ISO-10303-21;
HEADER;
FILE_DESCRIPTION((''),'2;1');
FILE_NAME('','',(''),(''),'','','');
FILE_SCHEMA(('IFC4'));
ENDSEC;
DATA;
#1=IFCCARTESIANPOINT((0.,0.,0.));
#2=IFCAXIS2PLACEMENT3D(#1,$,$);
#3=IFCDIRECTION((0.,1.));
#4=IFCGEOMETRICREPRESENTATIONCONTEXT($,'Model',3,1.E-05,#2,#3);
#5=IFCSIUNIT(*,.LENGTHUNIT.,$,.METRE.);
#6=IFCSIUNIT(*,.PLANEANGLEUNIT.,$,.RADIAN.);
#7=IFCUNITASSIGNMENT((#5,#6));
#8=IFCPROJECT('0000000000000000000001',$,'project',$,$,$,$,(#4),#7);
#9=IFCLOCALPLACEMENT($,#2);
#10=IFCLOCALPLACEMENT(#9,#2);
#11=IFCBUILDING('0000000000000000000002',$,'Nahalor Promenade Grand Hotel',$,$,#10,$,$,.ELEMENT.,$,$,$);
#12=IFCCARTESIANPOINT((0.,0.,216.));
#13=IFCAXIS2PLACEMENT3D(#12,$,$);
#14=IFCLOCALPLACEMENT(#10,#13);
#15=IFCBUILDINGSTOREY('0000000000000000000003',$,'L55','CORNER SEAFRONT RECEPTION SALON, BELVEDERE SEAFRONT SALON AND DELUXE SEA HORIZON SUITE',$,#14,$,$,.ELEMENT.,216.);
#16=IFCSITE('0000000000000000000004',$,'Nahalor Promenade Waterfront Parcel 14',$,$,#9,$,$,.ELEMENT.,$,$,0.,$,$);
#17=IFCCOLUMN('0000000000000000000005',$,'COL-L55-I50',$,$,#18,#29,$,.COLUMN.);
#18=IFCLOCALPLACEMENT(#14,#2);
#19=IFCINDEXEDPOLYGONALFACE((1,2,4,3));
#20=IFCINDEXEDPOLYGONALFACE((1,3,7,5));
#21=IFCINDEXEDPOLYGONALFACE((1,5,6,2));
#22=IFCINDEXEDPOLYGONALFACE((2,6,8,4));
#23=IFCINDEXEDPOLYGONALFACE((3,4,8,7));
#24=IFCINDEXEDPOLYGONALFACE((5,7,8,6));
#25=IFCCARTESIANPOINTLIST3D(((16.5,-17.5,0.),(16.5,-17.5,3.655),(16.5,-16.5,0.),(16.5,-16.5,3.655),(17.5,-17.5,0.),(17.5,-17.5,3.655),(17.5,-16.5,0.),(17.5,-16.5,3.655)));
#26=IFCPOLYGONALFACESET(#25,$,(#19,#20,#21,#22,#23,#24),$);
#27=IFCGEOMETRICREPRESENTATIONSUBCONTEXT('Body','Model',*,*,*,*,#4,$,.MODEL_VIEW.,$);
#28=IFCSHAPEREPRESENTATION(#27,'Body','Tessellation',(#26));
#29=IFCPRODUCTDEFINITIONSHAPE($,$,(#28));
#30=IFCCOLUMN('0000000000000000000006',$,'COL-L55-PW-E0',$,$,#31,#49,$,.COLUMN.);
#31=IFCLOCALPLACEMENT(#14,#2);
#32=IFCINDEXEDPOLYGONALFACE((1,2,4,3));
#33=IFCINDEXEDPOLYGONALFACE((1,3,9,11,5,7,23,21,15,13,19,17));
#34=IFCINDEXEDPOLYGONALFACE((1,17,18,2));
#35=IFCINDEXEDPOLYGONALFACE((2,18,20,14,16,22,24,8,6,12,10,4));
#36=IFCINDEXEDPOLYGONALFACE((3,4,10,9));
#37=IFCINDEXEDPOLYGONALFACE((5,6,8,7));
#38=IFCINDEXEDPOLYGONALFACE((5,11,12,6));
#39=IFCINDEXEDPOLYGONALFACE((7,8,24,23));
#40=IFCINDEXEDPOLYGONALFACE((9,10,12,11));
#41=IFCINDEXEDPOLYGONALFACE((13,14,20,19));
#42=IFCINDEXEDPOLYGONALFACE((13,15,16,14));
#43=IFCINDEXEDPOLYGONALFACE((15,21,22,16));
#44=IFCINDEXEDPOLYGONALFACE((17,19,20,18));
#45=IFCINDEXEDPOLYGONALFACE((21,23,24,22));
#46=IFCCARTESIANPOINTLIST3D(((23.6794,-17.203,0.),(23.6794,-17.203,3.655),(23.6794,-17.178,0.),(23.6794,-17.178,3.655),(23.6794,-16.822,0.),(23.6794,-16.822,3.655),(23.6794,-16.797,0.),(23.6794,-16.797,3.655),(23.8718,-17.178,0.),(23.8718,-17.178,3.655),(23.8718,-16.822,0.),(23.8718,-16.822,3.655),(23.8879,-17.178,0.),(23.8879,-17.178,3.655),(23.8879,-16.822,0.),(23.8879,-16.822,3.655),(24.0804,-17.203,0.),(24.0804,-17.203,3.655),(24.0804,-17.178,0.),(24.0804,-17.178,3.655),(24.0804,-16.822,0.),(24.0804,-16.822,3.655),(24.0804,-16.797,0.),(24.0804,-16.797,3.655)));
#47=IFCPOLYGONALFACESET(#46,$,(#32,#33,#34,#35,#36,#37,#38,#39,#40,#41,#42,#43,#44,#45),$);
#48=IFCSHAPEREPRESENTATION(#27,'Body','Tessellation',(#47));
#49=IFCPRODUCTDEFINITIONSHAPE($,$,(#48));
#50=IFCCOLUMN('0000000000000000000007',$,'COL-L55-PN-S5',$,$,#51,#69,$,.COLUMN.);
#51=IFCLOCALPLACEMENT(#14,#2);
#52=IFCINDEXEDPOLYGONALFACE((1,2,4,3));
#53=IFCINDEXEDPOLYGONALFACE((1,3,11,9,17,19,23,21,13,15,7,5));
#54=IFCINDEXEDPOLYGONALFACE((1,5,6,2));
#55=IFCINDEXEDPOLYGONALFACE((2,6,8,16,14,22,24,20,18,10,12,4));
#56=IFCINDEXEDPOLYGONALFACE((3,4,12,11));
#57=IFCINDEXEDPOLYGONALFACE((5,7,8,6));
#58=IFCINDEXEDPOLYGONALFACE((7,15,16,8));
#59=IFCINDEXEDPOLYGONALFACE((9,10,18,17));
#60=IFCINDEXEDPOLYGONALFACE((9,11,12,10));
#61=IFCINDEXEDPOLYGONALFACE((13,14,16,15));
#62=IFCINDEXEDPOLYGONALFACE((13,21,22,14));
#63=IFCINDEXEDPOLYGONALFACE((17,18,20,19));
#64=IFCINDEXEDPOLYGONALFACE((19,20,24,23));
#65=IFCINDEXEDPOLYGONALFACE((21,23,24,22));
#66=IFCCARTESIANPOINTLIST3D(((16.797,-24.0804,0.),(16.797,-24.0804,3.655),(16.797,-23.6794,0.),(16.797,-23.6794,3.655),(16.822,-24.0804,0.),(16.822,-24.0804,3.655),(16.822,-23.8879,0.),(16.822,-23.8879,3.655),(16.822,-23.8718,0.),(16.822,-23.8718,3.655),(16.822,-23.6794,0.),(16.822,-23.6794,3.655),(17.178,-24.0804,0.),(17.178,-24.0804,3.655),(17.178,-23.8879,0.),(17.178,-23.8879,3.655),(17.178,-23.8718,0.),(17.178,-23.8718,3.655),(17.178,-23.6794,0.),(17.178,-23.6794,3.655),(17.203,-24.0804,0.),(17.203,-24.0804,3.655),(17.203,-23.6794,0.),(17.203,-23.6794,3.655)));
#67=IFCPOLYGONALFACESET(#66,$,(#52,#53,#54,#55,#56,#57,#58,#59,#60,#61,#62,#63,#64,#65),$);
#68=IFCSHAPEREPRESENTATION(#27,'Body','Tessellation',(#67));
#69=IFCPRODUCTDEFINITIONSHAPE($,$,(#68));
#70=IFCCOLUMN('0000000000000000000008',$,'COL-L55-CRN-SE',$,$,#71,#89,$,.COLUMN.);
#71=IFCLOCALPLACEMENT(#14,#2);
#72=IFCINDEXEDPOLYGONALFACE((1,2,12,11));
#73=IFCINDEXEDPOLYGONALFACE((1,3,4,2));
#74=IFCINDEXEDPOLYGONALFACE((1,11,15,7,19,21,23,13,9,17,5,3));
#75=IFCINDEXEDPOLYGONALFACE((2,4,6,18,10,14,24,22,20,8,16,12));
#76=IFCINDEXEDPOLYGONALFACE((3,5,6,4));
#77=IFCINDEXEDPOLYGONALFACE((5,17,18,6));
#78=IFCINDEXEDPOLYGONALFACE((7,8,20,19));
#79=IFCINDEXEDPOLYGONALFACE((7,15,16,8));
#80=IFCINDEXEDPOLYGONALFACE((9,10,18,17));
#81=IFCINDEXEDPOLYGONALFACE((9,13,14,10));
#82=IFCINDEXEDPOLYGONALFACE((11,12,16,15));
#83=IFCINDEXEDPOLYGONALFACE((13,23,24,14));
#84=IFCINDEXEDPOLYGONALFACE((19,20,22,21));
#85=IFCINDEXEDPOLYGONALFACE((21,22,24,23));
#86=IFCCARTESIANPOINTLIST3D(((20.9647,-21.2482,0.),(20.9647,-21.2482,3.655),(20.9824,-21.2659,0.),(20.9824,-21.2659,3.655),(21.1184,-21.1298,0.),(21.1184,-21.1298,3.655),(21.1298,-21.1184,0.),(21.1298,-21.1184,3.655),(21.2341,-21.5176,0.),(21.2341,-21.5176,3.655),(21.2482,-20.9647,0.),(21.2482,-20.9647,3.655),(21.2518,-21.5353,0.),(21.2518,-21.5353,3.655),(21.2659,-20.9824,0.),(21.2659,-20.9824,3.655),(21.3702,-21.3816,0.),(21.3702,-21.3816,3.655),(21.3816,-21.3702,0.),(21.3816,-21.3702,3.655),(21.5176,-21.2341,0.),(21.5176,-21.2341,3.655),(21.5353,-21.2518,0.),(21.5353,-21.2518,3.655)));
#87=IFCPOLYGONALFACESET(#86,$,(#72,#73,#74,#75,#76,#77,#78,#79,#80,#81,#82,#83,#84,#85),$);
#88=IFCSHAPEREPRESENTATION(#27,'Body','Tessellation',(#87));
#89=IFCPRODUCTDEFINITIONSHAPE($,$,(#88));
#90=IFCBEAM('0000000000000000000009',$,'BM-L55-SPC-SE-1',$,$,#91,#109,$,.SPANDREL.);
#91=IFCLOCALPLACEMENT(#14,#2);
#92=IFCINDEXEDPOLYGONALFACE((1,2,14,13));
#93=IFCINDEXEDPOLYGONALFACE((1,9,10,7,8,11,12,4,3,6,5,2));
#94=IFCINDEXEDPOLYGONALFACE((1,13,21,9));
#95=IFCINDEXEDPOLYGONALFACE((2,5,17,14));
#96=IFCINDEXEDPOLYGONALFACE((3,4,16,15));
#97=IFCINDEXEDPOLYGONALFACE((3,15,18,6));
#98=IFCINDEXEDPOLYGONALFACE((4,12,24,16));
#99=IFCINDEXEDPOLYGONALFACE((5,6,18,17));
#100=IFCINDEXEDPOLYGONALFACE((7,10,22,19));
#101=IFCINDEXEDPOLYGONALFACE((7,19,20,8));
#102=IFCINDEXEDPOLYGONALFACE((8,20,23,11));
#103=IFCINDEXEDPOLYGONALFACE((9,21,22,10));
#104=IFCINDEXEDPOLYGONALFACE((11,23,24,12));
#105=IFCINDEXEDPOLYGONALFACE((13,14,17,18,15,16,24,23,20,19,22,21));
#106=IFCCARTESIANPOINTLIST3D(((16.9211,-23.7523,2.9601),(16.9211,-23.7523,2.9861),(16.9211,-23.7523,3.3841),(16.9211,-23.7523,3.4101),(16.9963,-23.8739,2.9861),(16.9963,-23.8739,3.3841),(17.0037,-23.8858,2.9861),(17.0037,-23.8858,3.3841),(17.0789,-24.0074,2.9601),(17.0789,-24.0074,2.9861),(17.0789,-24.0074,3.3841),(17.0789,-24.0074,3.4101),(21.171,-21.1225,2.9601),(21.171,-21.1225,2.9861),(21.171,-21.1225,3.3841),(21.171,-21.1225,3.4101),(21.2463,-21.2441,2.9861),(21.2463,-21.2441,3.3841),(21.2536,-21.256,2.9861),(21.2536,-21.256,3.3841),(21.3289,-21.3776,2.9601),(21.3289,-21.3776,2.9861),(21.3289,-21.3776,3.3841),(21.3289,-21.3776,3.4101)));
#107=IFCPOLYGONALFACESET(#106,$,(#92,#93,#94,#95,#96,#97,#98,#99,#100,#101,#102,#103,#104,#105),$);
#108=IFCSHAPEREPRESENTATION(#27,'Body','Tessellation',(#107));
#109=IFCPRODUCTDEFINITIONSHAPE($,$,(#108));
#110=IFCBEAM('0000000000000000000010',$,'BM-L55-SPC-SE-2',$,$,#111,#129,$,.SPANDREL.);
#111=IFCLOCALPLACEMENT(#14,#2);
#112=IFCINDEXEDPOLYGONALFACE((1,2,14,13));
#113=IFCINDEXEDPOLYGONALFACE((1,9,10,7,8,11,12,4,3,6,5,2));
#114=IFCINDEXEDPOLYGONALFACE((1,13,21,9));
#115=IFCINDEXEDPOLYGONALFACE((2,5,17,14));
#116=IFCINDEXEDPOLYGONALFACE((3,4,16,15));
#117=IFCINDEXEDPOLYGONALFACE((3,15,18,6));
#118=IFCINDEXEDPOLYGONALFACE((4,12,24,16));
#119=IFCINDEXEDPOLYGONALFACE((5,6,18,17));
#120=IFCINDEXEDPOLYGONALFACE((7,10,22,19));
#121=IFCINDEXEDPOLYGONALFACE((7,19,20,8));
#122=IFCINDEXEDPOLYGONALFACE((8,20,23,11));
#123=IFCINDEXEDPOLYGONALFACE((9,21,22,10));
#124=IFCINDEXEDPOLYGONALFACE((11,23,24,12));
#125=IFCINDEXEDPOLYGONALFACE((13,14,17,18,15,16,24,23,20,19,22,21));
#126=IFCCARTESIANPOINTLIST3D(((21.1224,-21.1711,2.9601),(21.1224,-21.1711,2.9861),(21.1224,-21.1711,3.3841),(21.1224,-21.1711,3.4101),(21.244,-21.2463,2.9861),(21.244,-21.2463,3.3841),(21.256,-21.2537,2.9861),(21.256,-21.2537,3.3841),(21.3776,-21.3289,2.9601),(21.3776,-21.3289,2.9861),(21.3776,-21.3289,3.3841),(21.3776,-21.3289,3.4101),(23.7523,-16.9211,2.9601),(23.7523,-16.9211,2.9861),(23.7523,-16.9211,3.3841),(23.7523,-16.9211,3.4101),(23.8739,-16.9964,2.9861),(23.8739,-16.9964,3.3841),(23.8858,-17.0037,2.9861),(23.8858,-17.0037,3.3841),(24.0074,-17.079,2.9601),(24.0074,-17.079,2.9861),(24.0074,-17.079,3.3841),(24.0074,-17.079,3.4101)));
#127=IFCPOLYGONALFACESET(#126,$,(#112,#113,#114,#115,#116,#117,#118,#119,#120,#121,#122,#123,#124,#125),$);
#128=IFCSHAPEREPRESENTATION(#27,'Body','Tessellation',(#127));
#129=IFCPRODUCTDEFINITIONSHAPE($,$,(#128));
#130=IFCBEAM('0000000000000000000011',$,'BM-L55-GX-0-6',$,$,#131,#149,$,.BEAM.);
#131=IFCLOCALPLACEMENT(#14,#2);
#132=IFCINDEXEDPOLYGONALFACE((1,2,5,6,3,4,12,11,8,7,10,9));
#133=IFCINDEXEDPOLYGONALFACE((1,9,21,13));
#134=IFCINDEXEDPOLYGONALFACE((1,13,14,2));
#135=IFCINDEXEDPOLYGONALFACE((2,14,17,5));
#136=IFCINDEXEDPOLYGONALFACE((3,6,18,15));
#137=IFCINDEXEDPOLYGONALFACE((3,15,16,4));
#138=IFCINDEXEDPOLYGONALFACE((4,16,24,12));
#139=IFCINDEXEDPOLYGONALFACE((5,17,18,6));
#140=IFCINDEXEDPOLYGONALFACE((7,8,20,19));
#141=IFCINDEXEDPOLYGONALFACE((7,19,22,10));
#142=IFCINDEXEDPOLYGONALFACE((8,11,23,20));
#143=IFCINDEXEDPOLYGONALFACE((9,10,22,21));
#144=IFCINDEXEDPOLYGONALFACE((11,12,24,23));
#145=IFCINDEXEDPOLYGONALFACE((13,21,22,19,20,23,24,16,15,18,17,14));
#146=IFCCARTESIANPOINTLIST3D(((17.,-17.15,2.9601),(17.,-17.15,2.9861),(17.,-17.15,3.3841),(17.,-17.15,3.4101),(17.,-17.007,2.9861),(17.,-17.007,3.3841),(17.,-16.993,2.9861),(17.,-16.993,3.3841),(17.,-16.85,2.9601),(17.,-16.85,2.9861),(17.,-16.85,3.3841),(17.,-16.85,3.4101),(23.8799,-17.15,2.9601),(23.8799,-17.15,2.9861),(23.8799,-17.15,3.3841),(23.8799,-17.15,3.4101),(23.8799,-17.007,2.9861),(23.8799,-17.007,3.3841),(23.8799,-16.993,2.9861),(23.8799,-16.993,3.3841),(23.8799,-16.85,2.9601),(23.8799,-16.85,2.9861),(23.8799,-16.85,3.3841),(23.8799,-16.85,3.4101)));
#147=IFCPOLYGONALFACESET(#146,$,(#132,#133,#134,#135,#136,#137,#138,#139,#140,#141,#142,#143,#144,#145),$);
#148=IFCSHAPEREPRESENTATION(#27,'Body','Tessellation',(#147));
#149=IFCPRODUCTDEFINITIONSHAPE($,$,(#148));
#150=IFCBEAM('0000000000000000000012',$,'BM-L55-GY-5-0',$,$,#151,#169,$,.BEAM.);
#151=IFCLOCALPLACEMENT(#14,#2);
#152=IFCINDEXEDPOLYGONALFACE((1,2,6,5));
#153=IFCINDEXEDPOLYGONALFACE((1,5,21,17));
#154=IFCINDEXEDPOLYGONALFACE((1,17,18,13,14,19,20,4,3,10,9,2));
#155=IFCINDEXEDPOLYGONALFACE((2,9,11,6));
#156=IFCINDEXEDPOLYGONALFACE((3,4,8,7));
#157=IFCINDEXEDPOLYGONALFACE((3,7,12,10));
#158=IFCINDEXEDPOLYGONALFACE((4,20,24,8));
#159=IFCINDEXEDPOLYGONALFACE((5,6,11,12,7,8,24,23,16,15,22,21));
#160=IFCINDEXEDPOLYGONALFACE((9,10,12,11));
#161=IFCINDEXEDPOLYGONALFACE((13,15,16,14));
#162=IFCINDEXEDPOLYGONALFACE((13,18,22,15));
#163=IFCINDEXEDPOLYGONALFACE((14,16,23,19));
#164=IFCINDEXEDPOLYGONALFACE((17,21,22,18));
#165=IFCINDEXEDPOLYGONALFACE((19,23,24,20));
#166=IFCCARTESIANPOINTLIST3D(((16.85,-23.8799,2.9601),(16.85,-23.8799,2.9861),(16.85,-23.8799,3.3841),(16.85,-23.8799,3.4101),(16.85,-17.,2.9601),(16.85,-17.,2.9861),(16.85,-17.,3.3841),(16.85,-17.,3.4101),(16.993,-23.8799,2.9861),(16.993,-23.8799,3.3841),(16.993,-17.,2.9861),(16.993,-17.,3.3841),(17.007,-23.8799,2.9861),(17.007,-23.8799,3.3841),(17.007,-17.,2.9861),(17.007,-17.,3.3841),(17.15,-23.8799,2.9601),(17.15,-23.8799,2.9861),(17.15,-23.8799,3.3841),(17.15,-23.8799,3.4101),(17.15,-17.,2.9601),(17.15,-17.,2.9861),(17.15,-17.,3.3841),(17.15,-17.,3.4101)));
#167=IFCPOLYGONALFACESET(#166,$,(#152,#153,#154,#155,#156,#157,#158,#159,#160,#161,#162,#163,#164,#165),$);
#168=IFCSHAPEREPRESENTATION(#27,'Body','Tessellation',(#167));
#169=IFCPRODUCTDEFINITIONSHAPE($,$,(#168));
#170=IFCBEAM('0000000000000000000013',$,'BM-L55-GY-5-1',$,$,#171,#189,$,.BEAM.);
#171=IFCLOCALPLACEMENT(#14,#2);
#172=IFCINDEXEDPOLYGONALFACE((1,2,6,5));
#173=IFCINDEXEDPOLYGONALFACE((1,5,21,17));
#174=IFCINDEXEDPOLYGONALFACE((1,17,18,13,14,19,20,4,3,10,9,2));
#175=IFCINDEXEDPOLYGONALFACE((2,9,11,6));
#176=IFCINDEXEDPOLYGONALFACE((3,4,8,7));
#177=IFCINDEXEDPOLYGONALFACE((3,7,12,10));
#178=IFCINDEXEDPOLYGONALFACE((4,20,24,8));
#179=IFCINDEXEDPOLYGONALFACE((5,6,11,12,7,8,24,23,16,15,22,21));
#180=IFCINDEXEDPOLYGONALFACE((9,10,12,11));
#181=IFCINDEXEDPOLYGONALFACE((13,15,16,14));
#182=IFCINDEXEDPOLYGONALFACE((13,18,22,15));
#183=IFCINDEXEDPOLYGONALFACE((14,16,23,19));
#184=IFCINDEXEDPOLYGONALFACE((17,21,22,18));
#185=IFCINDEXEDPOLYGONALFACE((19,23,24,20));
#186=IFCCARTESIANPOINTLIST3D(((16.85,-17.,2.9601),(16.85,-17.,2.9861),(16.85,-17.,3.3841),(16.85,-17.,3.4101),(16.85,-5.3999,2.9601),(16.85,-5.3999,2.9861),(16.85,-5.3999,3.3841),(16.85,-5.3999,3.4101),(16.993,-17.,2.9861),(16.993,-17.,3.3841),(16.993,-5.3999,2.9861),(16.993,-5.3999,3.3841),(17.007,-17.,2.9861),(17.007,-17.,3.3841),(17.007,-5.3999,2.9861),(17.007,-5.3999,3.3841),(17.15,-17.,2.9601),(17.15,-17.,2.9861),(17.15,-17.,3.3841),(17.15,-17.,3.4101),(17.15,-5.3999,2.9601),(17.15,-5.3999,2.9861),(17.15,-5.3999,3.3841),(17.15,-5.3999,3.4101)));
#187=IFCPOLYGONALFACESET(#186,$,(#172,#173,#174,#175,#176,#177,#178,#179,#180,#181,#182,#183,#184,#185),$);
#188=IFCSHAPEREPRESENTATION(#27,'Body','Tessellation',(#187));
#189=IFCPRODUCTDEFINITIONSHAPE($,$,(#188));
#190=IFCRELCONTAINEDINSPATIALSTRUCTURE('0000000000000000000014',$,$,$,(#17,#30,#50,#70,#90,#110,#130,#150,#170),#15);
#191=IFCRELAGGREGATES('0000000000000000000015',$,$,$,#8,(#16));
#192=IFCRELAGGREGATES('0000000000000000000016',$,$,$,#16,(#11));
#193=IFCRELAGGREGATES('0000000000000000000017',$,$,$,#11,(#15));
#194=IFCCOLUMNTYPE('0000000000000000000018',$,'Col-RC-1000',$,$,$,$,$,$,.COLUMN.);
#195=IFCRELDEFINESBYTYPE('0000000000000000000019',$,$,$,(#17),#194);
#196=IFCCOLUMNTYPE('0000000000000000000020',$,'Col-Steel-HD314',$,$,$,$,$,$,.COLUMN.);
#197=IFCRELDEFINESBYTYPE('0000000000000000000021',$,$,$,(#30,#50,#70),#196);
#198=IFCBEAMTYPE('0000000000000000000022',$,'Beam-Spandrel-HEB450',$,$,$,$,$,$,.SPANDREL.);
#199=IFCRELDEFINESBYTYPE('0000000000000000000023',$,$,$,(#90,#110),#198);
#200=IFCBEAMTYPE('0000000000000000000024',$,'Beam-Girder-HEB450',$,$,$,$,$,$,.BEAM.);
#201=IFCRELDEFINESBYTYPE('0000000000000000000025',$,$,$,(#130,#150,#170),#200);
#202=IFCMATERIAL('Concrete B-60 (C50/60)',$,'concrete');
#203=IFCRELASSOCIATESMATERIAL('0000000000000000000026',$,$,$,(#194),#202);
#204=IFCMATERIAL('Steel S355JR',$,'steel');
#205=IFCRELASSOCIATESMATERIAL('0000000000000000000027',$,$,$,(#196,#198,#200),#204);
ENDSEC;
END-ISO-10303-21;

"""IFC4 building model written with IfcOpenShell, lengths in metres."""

from ifc_helpers import new_model, si_unit, direction, frame, origin, origin_2d, place, context, subcontext, project, spatial, rectangle, i_section, extrude, source, transform, mapped, material, material_profile, profile_set, type_object, element, save


model = new_model("IFC4")

# Units and contexts
model_context = context("Model", 3, precision=1e-05, world=origin(), true_north=direction((0.0, 1.0)))
body_context = subcontext(model_context, "Body", "Model", "MODEL_VIEW")
ifc_project = project(units=[si_unit("LENGTHUNIT", "METRE"), si_unit("PLANEANGLEUNIT", "RADIAN")], contexts=[model_context])

# Site, building, storey
site_placement = place(None, origin())
site = spatial("IfcSite", under=ifc_project, at=site_placement, Name="Nahalor Promenade Waterfront Parcel 14", CompositionType="ELEMENT", RefElevation=0.0)
building_placement = place(site_placement, origin())
building = spatial("IfcBuilding", under=site, at=building_placement, Name="Nahalor Promenade Grand Hotel", CompositionType="ELEMENT")
storey_placement = place(building_placement, frame((0.0, 0.0, 216.0)))
storey = spatial("IfcBuildingStorey", under=building, at=storey_placement, Name="L55", Description="CORNER SEAFRONT RECEPTION SALON, BELVEDERE SEAFRONT SALON AND DELUXE SEA HORIZON SUITE", CompositionType="ELEMENT", Elevation=216.0)

# Columns
ifc_material_1 = material(Name="Concrete B-60 (C50/60)", Category="concrete")
ifc_material_profile_1 = material_profile(ifc_material_1, rectangle(XDim=1.0, YDim=1.0, at=origin_2d()), Name="RC 1000x1000")
ifc_profile_set_1 = profile_set([ifc_material_profile_1], Name="Concrete B-60 (C50/60)")
column_type_1 = type_object("IfcColumnType", Name="Col-RC-1000", PredefinedType="COLUMN", material=ifc_profile_set_1)
shared_shape_1 = source(origin(), body_context, "Body", "SweptSolid", [
    extrude(rectangle(XDim=1.0, YDim=1.0, at=origin_2d()), origin(), (0.0, 0.0, 1.0), 3.655),
])
column_placement = place(storey_placement, frame((17.0, -17.0, 0.0), z_axis=(0.0, 0.0, 1.0), x_axis=(1.0, 0.0, 0.0)))
element("IfcColumn", 1, at=column_placement, inside=storey, type_object=column_type_1, Name="COL-L55-I50", PredefinedType="COLUMN", context=body_context, shape_type="MappedRepresentation", body=[
    mapped(shared_shape_1, transform((0.0, 0.0, 0.0), scale=1.0)),
])
ifc_material_2 = material(Name="Steel S355JR", Category="steel")
ifc_material_profile_2 = material_profile(ifc_material_2, i_section(OverallWidth=0.401, OverallDepth=0.406, WebThickness=0.0161, FlangeThickness=0.025, at=origin_2d()), Name="HD 400x314")
ifc_profile_set_2 = profile_set([ifc_material_profile_2], Name="Steel S355JR")
column_type_2 = type_object("IfcColumnType", Name="Col-Steel-HD314", PredefinedType="COLUMN", material=ifc_profile_set_2)
shared_shape_2 = source(origin(), body_context, "Body", "SweptSolid", [
    extrude(i_section(OverallWidth=0.401, OverallDepth=0.406, WebThickness=0.0161, FlangeThickness=0.025, at=origin_2d()), origin(), (0.0, 0.0, 1.0), 3.655),
])
for number, where, z_axis, x_axis, name in (
    (2, (23.8799, -17.0, 0.0), (0.0, 0.0, 1.0), (1.0, 0.0, 0.0), "COL-L55-PW-E0"),
    (3, (17.0, -23.8799, 0.0), (0.0, 0.0, 1.0), (0.0, 1.0, 0.0), "COL-L55-PN-S5"),
    (4, (21.25, -21.25, 0.0), (0.0, 0.0, 1.0), (0.707107, 0.707107, 0.0), "COL-L55-CRN-SE"),
):
    element("IfcColumn", number, at=place(storey_placement, frame(where, z_axis=z_axis, x_axis=x_axis)), inside=storey, type_object=column_type_2, Name=name, PredefinedType="COLUMN", context=body_context, shape_type="MappedRepresentation", body=[
        mapped(shared_shape_2, transform((0.0, 0.0, 0.0), scale=1.0)),
    ])

# Beams
ifc_material_profile_3 = material_profile(ifc_material_2, i_section(OverallWidth=0.3, OverallDepth=0.45, WebThickness=0.014, FlangeThickness=0.026, at=origin_2d()), Name="HEB 450")
ifc_profile_set_3 = profile_set([ifc_material_profile_3], Name="Steel S355JR")
beam_type_1 = type_object("IfcBeamType", Name="Beam-Spandrel-HEB450", PredefinedType="SPANDREL", material=ifc_profile_set_3)
shared_shape_3 = source(origin(), body_context, "Body", "SweptSolid", [
    extrude(i_section(OverallWidth=0.3, OverallDepth=0.45, WebThickness=0.014, FlangeThickness=0.026, at=origin_2d()), origin(), (0.0, 0.0, 1.0), 4.9978),
])
for number, where, z_axis, x_axis, name in (
    (5, (17.0, -23.8799, 3.1851), (0.850361, 0.5262, 0.0), (-0.5262, 0.850361, 0.0), "BM-L55-SPC-SE-1"),
    (6, (21.25, -21.25, 3.1851), (0.5262, 0.850361, 0.0), (-0.850361, 0.5262, 0.0), "BM-L55-SPC-SE-2"),
):
    element("IfcBeam", number, at=place(storey_placement, frame(where, z_axis=z_axis, x_axis=x_axis)), inside=storey, type_object=beam_type_1, Name=name, PredefinedType="SPANDREL", context=body_context, shape_type="MappedRepresentation", body=[
        mapped(shared_shape_3, transform((0.0, 0.0, 0.0), scale=1.0)),
    ])
ifc_material_profile_4 = material_profile(ifc_material_2, i_section(OverallWidth=0.3, OverallDepth=0.45, WebThickness=0.014, FlangeThickness=0.026, at=origin_2d()), Name="HEB 450")
ifc_profile_set_4 = profile_set([ifc_material_profile_4], Name="Steel S355JR")
beam_type_2 = type_object("IfcBeamType", Name="Beam-Girder-HEB450", PredefinedType="BEAM", material=ifc_profile_set_4)
shared_shape_4 = source(origin(), body_context, "Body", "SweptSolid", [
    extrude(i_section(OverallWidth=0.3, OverallDepth=0.45, WebThickness=0.014, FlangeThickness=0.026, at=origin_2d()), origin(), (0.0, 0.0, 1.0), 6.8799),
])
for number, where, z_axis, x_axis, name in (
    (7, (17.0, -17.0, 3.1851), (1.0, 0.0, 0.0), (0.0, 1.0, 0.0), "BM-L55-GX-0-6"),
    (8, (17.0, -23.8799, 3.1851), (0.0, 1.0, 0.0), (-1.0, 0.0, 0.0), "BM-L55-GY-5-0"),
):
    element("IfcBeam", number, at=place(storey_placement, frame(where, z_axis=z_axis, x_axis=x_axis)), inside=storey, type_object=beam_type_2, Name=name, PredefinedType="BEAM", context=body_context, shape_type="MappedRepresentation", body=[
        mapped(shared_shape_4, transform((0.0, 0.0, 0.0), scale=1.0)),
    ])
shared_shape_5 = source(origin(), body_context, "Body", "SweptSolid", [
    extrude(i_section(OverallWidth=0.3, OverallDepth=0.45, WebThickness=0.014, FlangeThickness=0.026, at=origin_2d()), origin(), (0.0, 0.0, 1.0), 11.6001),
])
beam_placement = place(storey_placement, frame((17.0, -17.0, 3.1851), z_axis=(0.0, 1.0, 0.0), x_axis=(-1.0, 0.0, 0.0)))
element("IfcBeam", 9, at=beam_placement, inside=storey, type_object=beam_type_2, Name="BM-L55-GY-5-1", PredefinedType="BEAM", context=body_context, shape_type="MappedRepresentation", body=[
    mapped(shared_shape_5, transform((0.0, 0.0, 0.0), scale=1.0)),
])

save(model, "model.ifc")
